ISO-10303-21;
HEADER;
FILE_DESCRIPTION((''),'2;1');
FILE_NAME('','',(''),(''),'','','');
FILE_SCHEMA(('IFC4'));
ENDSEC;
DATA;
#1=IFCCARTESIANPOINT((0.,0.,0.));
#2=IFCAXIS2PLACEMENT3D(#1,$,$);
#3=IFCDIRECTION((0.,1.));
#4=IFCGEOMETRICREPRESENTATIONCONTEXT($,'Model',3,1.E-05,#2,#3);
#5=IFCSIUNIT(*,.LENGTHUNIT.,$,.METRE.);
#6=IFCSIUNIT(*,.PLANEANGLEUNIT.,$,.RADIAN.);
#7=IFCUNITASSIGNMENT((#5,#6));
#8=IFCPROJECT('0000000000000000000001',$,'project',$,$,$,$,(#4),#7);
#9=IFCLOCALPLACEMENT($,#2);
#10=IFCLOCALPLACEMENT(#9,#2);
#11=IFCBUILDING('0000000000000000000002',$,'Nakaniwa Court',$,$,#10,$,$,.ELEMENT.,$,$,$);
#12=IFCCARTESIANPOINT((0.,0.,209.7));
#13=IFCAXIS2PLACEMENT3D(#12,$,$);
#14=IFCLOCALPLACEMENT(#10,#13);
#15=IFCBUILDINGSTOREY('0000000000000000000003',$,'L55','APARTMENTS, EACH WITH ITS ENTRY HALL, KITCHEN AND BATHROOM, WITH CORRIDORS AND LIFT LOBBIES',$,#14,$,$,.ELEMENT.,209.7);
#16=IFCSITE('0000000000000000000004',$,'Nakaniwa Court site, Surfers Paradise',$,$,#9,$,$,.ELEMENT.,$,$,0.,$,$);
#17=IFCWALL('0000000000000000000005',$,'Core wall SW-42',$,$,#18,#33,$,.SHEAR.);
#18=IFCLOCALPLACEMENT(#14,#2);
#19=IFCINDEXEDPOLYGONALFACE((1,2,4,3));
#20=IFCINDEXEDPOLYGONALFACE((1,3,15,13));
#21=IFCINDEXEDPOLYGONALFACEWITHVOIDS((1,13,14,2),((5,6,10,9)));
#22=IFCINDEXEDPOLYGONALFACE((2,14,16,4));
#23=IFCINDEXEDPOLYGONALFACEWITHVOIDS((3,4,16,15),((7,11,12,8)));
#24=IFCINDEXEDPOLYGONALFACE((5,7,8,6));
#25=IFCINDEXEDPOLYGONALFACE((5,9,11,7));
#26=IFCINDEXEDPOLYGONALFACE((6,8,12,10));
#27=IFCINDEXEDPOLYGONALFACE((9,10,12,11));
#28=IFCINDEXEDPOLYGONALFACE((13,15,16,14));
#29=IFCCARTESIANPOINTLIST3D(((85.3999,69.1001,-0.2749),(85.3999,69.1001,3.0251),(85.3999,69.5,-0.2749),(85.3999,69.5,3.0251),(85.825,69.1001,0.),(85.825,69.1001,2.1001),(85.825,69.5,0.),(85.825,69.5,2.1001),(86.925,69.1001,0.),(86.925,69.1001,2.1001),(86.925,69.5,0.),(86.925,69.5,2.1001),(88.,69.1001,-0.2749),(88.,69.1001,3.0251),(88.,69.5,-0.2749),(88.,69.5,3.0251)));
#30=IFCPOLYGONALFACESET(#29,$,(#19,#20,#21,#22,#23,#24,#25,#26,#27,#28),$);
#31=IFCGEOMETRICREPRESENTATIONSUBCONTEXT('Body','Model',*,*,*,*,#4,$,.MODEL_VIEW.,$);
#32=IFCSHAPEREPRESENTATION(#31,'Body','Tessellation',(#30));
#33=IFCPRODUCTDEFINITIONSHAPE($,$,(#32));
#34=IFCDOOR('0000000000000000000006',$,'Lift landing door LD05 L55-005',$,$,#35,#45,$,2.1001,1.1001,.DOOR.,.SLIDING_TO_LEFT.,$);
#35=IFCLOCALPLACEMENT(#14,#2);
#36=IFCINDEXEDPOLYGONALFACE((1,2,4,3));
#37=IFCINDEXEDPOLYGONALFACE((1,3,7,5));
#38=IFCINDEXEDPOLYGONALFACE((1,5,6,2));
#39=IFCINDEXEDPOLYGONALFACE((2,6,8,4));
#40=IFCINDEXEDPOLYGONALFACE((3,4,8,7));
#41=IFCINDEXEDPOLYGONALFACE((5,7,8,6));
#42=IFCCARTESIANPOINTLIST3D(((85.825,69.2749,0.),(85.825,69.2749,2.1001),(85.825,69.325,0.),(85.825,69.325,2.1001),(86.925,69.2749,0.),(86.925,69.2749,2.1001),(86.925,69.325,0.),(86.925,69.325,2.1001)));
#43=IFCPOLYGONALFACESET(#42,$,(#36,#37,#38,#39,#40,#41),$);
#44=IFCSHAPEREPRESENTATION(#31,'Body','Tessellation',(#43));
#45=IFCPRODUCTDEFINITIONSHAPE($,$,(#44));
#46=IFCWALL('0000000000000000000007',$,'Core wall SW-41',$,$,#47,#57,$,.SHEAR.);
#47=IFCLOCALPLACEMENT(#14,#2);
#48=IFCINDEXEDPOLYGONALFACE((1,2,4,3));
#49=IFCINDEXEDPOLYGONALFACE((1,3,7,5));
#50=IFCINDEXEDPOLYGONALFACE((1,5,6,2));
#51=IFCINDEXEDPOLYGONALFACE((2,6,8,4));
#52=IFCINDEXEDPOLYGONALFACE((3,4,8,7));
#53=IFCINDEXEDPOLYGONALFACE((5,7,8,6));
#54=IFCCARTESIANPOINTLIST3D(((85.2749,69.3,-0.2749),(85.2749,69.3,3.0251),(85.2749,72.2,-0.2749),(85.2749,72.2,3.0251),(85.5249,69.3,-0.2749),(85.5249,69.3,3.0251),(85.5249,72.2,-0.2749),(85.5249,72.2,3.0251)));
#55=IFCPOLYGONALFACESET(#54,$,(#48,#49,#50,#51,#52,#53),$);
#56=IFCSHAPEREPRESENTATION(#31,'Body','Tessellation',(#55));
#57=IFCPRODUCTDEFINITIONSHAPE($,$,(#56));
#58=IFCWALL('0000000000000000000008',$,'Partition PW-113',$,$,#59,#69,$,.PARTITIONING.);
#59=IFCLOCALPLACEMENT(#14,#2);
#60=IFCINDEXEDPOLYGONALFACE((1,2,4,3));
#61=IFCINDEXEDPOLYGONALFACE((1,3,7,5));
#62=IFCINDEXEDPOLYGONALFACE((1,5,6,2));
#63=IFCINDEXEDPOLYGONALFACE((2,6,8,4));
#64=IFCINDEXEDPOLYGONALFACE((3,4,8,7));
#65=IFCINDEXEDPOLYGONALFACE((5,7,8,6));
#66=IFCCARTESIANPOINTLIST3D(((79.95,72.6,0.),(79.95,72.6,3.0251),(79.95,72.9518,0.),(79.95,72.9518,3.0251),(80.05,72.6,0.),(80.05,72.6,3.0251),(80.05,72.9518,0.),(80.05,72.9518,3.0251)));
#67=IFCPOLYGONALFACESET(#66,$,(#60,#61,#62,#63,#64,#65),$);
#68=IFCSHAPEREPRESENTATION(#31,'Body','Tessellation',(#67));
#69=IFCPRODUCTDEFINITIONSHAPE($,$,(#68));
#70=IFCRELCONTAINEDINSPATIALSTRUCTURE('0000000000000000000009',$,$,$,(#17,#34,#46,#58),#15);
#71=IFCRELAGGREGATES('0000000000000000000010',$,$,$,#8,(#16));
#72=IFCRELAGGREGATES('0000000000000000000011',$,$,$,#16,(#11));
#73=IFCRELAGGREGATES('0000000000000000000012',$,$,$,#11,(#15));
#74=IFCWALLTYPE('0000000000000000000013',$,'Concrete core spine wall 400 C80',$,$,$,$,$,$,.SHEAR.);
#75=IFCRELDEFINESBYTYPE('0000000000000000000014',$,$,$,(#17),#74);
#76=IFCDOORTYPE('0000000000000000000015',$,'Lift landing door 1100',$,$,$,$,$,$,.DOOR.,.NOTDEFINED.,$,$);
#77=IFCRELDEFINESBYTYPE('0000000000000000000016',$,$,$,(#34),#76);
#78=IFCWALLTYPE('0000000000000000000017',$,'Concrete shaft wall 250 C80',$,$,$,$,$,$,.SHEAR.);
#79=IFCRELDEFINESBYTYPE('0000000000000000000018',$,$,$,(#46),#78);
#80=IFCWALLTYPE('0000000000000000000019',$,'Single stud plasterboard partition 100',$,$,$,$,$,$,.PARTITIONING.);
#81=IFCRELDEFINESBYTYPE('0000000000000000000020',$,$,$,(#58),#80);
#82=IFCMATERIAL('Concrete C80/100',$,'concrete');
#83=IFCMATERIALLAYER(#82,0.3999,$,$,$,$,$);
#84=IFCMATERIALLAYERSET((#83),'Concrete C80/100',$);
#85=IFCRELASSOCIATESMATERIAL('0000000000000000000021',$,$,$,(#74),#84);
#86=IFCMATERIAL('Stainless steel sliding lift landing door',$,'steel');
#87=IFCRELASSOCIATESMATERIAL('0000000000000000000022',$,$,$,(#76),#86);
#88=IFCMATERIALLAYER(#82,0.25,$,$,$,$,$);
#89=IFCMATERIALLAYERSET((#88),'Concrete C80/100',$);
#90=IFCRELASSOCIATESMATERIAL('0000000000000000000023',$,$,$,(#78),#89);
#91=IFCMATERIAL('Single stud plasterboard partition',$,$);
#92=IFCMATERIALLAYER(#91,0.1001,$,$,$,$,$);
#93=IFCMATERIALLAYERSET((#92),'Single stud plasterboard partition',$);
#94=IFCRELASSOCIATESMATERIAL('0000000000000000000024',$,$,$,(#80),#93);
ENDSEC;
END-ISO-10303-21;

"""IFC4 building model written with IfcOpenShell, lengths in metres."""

from ifc_helpers import new_model, si_unit, direction, frame, frame_2d, origin, place, context, subcontext, project, spatial, rectangle, extrude, material, layer, layer_set, type_object, element, fill, save


model = new_model("IFC4")

# Units and contexts
model_context = context("Model", 3, precision=1e-05, world=origin(), true_north=direction((0.0, 1.0)))
body_context = subcontext(model_context, "Body", "Model", "MODEL_VIEW")
ifc_project = project(units=[si_unit("LENGTHUNIT", "METRE"), si_unit("PLANEANGLEUNIT", "RADIAN")], contexts=[model_context])

# Site, building, storey
site_placement = place(None, origin())
site = spatial("IfcSite", under=ifc_project, at=site_placement, Name="Nakaniwa Court site, Surfers Paradise", CompositionType="ELEMENT", RefElevation=0.0)
building_placement = place(site_placement, origin())
building = spatial("IfcBuilding", under=site, at=building_placement, Name="Nakaniwa Court", CompositionType="ELEMENT")
storey_placement = place(building_placement, frame((0.0, 0.0, 209.7)))
storey = spatial("IfcBuildingStorey", under=building, at=storey_placement, Name="L55", Description="APARTMENTS, EACH WITH ITS ENTRY HALL, KITCHEN AND BATHROOM, WITH CORRIDORS AND LIFT LOBBIES", CompositionType="ELEMENT", Elevation=209.7)

# Shared definitions
ifc_material_1 = material(Name="Concrete C80/100", Category="concrete")

# Wall, opening, door
ifc_layer_1 = layer(ifc_material_1, 0.3999)
ifc_layer_set_1 = layer_set([ifc_layer_1], Name="Concrete C80/100")
wall_type_1 = type_object("IfcWallType", Name="Concrete core spine wall 400 C80", PredefinedType="SHEAR", material=ifc_layer_set_1)
wall_1_placement = place(storey_placement, frame((85.3999, 69.3, -0.2749), z_axis=(0.0, 0.0, 1.0), x_axis=(1.0, 0.0, 0.0)))
wall_1 = element("IfcWall", 1, at=wall_1_placement, inside=storey, type_object=wall_type_1, Name="Core wall SW-42", PredefinedType="SHEAR", context=body_context, shape_type="SweptSolid", body=[
    extrude(rectangle(XDim=2.6001, YDim=0.3999, at=frame_2d((1.3, 0.0))), origin(), (0.0, 0.0, 1.0), 3.3),
])
opening_1_placement = place(wall_1_placement, frame((0.425, 0.0, 0.2749)))
opening_1 = element("IfcOpeningElement", 2, at=opening_1_placement, cuts=wall_1, PredefinedType="OPENING", context=body_context, shape_type="SweptSolid", body=[
    extrude(rectangle(XDim=1.1001, YDim=2.1001, at=frame_2d((0.55, 1.05))), frame((0.0, 0.21, 0.0), z_axis=(0.0, -1.0, 0.0), x_axis=(1.0, 0.0, 0.0)), (0.0, 0.0, 1.0), 0.4199),
])
ifc_material_2 = material(Name="Stainless steel sliding lift landing door", Category="steel")
door_type_1 = type_object("IfcDoorType", Name="Lift landing door 1100", OperationType="NOTDEFINED", PredefinedType="DOOR", material=ifc_material_2)
door_1_placement = place(opening_1_placement, origin())
door_1 = element("IfcDoor", 3, at=door_1_placement, inside=storey, type_object=door_type_1, Name="Lift landing door LD05 L55-005", OperationType="SLIDING_TO_LEFT", OverallHeight=2.1001, OverallWidth=1.1001, PredefinedType="DOOR", context=body_context, shape_type="SweptSolid", body=[
    extrude(rectangle(XDim=1.1001, YDim=2.1001, at=frame_2d((0.55, 1.05))), frame((0.0, 0.0249, 0.0), z_axis=(0.0, -1.0, 0.0), x_axis=(1.0, 0.0, 0.0)), (0.0, 0.0, 1.0), 0.05),
])
fill(opening_1, door_1)

# Walls
ifc_layer_2 = layer(ifc_material_1, 0.25)
ifc_layer_set_2 = layer_set([ifc_layer_2], Name="Concrete C80/100")
wall_type_2 = type_object("IfcWallType", Name="Concrete shaft wall 250 C80", PredefinedType="SHEAR", material=ifc_layer_set_2)
wall_2_placement = place(storey_placement, frame((85.3999, 69.3, -0.2749), z_axis=(0.0, 0.0, 1.0), x_axis=(0.0, 1.0, 0.0)))
element("IfcWall", 4, at=wall_2_placement, inside=storey, type_object=wall_type_2, Name="Core wall SW-41", PredefinedType="SHEAR", context=body_context, shape_type="SweptSolid", body=[
    extrude(rectangle(XDim=2.8999, YDim=0.25, at=frame_2d((1.45, 0.0))), origin(), (0.0, 0.0, 1.0), 3.3),
])
ifc_material_3 = material(Name="Single stud plasterboard partition")
ifc_layer_3 = layer(ifc_material_3, 0.1001)
ifc_layer_set_3 = layer_set([ifc_layer_3], Name="Single stud plasterboard partition")
wall_type_3 = type_object("IfcWallType", Name="Single stud plasterboard partition 100", PredefinedType="PARTITIONING", material=ifc_layer_set_3)
wall_3_placement = place(storey_placement, frame((80.0, 72.6001, 0.0), z_axis=(0.0, 0.0, 1.0), x_axis=(0.0, 1.0, 0.0)))
element("IfcWall", 5, at=wall_3_placement, inside=storey, type_object=wall_type_3, Name="Partition PW-113", PredefinedType="PARTITIONING", context=body_context, shape_type="SweptSolid", body=[
    extrude(rectangle(XDim=0.3518, YDim=0.1001, at=frame_2d((0.1758, 0.0))), origin(), (0.0, 0.0, 1.0), 3.0251),
])

save(model, "model.ifc")
